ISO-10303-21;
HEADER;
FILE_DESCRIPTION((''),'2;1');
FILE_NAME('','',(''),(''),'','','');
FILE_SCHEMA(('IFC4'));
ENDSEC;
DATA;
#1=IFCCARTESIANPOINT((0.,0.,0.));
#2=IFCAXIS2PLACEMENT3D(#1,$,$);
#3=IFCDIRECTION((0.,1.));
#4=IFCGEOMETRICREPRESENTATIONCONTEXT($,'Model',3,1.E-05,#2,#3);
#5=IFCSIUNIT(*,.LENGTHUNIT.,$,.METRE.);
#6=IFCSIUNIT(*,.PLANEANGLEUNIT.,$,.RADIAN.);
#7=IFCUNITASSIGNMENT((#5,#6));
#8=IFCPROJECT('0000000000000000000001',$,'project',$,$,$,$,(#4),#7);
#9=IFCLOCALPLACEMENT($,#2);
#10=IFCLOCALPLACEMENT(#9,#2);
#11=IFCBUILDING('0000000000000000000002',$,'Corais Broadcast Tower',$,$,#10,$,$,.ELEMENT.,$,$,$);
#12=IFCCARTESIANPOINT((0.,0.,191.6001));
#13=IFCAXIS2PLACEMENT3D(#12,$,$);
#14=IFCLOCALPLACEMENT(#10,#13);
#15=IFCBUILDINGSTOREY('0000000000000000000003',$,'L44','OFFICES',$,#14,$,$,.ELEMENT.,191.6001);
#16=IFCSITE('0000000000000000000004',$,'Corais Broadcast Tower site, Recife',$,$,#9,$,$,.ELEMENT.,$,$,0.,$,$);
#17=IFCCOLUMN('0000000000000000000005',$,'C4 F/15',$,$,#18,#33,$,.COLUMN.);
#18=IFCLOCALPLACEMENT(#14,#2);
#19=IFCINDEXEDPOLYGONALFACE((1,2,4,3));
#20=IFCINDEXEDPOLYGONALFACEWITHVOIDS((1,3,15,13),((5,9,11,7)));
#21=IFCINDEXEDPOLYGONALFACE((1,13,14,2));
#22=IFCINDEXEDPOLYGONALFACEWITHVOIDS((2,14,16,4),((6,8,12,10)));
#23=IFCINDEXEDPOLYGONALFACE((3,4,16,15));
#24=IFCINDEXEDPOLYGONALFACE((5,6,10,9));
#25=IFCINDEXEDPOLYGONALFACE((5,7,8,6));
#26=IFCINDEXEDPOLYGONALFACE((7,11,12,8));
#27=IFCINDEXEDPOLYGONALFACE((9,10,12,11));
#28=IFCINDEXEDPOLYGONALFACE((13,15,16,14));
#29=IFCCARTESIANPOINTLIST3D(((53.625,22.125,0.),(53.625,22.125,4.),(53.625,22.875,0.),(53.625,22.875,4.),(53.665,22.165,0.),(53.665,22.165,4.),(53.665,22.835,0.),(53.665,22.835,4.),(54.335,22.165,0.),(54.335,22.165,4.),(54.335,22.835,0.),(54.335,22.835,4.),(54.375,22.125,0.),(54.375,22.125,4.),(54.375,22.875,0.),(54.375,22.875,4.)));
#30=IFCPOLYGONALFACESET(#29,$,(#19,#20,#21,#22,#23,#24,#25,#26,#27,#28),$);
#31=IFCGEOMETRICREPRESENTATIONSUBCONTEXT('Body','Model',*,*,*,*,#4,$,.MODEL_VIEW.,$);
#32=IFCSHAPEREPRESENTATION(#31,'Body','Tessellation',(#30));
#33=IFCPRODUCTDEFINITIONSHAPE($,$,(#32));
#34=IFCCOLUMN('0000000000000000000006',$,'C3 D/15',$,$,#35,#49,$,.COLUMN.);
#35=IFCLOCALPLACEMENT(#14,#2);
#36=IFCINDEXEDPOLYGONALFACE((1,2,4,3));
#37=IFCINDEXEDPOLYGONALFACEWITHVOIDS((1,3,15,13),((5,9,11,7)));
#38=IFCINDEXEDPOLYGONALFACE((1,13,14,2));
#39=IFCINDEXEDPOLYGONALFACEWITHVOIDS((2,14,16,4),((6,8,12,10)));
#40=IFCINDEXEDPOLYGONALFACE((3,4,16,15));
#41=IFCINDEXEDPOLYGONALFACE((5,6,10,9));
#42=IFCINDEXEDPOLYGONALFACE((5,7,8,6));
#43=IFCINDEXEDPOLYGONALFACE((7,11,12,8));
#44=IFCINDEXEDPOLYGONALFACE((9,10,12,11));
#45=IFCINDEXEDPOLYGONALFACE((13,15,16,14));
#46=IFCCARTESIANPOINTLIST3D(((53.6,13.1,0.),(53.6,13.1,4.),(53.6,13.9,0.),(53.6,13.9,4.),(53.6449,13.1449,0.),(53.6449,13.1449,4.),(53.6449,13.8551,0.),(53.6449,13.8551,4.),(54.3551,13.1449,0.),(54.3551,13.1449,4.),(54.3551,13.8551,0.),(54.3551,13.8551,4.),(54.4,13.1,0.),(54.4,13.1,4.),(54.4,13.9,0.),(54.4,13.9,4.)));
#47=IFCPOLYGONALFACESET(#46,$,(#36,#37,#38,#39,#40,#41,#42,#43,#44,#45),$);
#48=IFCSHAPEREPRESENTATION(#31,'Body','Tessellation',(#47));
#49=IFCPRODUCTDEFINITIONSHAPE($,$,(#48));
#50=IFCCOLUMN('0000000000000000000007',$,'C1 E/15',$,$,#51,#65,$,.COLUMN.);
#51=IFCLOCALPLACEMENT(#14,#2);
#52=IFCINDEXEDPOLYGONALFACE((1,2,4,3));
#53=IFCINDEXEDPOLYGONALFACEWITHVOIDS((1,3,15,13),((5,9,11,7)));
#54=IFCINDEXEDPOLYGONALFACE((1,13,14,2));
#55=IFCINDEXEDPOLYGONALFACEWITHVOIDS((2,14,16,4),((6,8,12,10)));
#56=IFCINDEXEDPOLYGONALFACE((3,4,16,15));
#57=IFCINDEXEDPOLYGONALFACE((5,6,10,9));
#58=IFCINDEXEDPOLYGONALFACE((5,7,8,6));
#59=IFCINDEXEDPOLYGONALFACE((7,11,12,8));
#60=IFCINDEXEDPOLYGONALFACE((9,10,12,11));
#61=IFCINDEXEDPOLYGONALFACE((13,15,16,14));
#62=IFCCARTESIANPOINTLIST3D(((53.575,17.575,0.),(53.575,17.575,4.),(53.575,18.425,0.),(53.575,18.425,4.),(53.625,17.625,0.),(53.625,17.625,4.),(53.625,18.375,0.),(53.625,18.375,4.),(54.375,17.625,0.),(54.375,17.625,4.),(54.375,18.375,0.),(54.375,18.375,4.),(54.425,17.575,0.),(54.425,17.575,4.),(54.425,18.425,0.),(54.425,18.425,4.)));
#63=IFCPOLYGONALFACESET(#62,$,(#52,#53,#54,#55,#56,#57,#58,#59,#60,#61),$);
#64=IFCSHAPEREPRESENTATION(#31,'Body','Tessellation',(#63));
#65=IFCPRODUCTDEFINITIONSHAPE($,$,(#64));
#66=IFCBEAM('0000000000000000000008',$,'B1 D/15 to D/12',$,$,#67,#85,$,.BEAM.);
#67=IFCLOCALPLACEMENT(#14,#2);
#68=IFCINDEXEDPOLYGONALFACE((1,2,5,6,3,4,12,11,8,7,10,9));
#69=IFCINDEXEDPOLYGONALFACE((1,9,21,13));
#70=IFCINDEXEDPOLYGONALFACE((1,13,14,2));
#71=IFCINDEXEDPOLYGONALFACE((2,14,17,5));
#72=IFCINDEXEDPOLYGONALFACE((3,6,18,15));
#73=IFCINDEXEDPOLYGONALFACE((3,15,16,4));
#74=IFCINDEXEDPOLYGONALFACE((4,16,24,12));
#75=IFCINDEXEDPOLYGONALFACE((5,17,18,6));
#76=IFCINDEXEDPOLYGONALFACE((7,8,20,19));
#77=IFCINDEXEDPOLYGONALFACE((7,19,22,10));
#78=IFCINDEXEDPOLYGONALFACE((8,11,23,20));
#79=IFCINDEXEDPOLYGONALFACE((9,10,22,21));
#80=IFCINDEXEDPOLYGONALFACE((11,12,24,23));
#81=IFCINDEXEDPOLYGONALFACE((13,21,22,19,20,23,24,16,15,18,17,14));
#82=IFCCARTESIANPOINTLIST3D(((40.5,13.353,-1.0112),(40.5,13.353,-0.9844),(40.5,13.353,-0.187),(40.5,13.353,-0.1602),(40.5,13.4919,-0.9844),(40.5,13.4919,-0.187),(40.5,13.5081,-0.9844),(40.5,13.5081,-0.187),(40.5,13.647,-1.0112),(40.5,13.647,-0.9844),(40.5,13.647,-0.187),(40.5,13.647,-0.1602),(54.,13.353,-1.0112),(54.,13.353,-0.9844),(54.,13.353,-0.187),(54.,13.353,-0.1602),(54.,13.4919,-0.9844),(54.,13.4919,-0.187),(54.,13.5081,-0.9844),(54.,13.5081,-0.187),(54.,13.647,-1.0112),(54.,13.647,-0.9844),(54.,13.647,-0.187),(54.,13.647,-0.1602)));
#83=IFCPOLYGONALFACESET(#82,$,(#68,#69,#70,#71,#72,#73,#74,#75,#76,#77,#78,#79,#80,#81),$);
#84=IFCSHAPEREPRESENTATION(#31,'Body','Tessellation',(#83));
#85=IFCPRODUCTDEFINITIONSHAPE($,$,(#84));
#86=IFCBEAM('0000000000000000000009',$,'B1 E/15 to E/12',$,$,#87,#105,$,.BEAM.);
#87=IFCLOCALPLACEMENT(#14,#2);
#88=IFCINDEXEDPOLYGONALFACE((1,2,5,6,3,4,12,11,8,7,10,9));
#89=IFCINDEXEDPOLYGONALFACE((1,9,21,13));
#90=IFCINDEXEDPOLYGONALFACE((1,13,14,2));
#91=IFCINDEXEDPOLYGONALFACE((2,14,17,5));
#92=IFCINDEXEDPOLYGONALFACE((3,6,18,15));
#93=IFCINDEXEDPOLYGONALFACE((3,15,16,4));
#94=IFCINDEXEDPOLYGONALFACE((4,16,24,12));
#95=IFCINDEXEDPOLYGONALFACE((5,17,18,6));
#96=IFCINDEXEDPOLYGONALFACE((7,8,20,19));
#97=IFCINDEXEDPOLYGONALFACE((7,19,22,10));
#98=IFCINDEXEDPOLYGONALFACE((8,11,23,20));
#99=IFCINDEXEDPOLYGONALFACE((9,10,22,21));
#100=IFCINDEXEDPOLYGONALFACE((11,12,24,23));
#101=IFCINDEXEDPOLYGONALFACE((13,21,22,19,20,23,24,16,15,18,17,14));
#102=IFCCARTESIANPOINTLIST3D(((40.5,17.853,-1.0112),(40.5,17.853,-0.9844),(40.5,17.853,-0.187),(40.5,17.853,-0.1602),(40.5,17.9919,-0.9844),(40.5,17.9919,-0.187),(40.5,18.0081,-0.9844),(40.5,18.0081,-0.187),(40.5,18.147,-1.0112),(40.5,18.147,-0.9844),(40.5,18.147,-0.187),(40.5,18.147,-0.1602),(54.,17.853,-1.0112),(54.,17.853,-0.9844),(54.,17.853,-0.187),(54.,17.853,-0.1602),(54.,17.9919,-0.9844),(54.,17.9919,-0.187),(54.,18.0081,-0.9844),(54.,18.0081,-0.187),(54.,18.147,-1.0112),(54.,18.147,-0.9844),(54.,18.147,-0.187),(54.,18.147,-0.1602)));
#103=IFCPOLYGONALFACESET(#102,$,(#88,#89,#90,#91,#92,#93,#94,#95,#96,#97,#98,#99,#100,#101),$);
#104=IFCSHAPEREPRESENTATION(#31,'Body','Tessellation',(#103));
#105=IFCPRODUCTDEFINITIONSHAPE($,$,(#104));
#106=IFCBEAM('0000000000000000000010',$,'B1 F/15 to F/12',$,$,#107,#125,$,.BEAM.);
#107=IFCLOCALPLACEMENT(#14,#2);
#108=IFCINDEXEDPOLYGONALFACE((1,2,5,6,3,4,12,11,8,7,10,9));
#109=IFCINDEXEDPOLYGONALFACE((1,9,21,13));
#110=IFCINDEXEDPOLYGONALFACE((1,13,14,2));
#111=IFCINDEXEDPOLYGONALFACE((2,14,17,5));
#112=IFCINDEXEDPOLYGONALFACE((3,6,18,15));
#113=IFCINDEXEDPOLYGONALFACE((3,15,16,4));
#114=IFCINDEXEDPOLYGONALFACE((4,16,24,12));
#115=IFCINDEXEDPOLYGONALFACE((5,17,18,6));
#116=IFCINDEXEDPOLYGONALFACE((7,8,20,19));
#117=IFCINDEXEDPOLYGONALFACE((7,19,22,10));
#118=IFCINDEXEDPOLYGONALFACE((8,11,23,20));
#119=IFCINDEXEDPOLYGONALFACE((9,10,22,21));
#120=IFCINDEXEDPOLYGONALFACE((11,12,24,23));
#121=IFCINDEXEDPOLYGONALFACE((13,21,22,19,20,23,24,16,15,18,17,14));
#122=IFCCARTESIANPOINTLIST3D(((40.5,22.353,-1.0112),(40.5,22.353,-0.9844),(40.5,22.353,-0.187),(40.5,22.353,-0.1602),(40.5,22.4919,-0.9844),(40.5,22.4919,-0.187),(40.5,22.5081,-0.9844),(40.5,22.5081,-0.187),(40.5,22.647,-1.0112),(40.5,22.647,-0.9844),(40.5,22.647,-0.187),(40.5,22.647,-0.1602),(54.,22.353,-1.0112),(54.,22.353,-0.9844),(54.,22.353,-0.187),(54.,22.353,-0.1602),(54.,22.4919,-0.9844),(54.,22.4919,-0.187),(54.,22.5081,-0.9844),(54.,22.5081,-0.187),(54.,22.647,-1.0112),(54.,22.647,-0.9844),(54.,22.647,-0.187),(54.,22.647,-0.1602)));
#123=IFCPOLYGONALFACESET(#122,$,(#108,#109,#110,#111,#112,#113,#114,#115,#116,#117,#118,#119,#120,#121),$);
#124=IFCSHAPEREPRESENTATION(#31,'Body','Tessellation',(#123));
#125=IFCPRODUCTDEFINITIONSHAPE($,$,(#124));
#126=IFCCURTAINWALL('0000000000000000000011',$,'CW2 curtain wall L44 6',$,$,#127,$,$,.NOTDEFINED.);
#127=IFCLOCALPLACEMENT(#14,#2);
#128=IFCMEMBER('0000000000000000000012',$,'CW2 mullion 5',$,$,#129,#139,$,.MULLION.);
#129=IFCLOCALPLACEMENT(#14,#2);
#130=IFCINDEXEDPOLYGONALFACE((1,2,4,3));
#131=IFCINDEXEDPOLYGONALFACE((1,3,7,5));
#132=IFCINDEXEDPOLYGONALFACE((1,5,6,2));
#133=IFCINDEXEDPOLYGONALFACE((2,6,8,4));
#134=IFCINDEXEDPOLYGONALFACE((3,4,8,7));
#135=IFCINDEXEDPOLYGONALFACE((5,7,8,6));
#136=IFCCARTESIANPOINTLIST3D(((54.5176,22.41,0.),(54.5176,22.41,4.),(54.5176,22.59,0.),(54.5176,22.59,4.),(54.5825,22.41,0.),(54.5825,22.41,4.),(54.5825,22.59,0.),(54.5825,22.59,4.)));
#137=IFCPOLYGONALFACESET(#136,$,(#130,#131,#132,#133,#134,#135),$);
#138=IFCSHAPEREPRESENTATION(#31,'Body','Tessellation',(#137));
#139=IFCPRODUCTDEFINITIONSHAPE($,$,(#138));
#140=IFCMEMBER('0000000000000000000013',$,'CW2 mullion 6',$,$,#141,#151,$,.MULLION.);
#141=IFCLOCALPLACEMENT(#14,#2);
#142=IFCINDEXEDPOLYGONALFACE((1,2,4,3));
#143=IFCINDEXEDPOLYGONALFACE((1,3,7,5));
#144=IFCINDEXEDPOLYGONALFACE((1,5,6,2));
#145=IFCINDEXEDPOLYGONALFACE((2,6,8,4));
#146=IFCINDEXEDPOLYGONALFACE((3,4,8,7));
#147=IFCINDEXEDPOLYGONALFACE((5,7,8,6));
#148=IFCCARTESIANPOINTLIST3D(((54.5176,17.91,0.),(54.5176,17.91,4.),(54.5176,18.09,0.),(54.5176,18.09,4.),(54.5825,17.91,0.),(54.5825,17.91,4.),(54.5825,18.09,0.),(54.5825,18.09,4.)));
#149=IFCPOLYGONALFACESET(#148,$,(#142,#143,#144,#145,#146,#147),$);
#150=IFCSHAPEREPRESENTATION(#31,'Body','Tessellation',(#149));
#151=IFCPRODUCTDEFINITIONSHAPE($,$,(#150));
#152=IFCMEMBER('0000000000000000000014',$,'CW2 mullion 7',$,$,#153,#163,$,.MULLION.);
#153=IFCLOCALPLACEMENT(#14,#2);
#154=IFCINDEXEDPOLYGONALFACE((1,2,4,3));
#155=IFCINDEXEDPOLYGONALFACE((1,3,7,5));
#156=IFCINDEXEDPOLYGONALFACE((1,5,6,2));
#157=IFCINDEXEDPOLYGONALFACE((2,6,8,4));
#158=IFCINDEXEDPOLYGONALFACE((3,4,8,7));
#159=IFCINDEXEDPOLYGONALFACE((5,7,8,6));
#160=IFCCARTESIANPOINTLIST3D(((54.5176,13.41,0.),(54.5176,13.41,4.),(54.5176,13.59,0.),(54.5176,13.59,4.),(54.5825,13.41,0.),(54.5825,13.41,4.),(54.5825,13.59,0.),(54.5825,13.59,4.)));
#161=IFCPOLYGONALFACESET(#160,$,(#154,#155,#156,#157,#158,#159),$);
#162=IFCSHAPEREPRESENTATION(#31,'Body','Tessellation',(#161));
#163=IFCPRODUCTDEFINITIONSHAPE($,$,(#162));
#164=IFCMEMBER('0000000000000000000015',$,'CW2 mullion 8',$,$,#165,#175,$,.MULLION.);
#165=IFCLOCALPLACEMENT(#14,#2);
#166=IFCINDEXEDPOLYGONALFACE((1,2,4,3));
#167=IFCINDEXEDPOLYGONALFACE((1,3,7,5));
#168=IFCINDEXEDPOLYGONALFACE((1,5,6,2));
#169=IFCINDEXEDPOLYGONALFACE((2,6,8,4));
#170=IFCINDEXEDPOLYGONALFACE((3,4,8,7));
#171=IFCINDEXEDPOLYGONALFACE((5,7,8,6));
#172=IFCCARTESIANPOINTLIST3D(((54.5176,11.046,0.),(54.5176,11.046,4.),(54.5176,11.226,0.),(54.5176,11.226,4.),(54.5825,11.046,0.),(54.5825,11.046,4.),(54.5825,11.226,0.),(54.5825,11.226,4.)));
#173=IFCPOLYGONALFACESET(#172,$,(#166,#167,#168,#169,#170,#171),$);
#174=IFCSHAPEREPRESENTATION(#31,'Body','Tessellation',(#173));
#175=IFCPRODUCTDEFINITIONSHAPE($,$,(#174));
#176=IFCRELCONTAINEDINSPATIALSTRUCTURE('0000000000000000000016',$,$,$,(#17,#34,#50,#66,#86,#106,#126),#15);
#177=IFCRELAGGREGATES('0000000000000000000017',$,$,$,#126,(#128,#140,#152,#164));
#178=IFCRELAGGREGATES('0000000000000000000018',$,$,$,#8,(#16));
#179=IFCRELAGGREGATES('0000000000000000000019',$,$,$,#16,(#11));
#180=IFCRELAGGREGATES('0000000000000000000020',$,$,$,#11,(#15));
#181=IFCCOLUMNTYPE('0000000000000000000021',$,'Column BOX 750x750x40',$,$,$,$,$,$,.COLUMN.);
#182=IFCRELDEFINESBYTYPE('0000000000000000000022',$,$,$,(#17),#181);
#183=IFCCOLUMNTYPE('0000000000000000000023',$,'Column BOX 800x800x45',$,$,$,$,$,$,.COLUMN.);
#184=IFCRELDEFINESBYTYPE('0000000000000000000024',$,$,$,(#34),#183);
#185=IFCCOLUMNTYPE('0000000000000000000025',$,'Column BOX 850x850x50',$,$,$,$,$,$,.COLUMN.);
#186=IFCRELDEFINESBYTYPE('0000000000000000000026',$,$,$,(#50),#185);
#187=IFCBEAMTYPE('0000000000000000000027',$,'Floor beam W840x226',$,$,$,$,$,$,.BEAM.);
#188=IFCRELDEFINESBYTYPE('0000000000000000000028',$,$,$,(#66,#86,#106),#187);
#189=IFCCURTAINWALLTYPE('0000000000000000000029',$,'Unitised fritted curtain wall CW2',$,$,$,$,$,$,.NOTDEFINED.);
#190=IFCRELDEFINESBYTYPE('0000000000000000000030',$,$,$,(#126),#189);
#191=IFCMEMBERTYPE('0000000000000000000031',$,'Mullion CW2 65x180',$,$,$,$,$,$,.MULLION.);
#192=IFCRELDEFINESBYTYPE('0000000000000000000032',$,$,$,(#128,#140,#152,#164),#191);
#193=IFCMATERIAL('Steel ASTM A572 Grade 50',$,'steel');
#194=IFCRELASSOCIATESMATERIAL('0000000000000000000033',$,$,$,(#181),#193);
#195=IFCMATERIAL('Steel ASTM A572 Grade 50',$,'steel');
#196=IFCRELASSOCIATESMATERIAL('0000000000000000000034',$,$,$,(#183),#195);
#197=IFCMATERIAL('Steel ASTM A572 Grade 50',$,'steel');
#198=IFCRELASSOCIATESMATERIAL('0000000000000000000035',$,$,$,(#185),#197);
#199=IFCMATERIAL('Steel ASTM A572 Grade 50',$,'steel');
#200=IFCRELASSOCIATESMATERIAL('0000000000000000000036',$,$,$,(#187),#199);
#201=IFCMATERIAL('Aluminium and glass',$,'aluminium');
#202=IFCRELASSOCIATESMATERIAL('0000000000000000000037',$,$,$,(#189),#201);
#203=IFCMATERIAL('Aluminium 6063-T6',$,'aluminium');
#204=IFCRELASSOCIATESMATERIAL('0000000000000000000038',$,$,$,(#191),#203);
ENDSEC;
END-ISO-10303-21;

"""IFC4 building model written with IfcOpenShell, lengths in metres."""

from ifc_helpers import new_model, si_unit, direction, frame, origin, origin_2d, place, context, subcontext, project, spatial, rectangle, hollow_rectangle, i_section, extrude, material, material_profile, profile_set, type_object, element, aggregate, save


model = new_model("IFC4")

# Units and contexts
model_context = context("Model", 3, precision=1e-05, world=origin(), true_north=direction((0.0, 1.0)))
body_context = subcontext(model_context, "Body", "Model", "MODEL_VIEW")
ifc_project = project(units=[si_unit("LENGTHUNIT", "METRE"), si_unit("PLANEANGLEUNIT", "RADIAN")], contexts=[model_context])

# Site, building, storey
site_placement = place(None, origin())
site = spatial("IfcSite", under=ifc_project, at=site_placement, Name="Corais Broadcast Tower site, Recife", CompositionType="ELEMENT", RefElevation=0.0)
building_placement = place(site_placement, origin())
building = spatial("IfcBuilding", under=site, at=building_placement, Name="Corais Broadcast Tower", CompositionType="ELEMENT")
storey_placement = place(building_placement, frame((0.0, 0.0, 191.6001)))
storey = spatial("IfcBuildingStorey", under=building, at=storey_placement, Name="L44", Description="OFFICES", CompositionType="ELEMENT", Elevation=191.6001)

# Columns
ifc_material_1 = material(Name="Steel ASTM A572 Grade 50", Category="steel")
ifc_material_profile_1 = material_profile(ifc_material_1, hollow_rectangle(XDim=0.75, YDim=0.75, WallThickness=0.04, at=origin_2d()), Name="BOX 750x750x40")
ifc_profile_set_1 = profile_set([ifc_material_profile_1], Name="Steel ASTM A572 Grade 50")
column_type_1 = type_object("IfcColumnType", Name="Column BOX 750x750x40", PredefinedType="COLUMN", material=ifc_profile_set_1)
column_1_placement = place(storey_placement, frame((54.0, 22.5, 0.0), z_axis=(0.0, 0.0, 1.0), x_axis=(1.0, 0.0, 0.0)))
element("IfcColumn", 1, at=column_1_placement, inside=storey, type_object=column_type_1, Name="C4 F/15", PredefinedType="COLUMN", context=body_context, shape_type="SweptSolid", body=[
    extrude(hollow_rectangle(XDim=0.75, YDim=0.75, WallThickness=0.04, at=origin_2d()), origin(), (0.0, 0.0, 1.0), 4.0),
])
ifc_material_2 = material(Name="Steel ASTM A572 Grade 50", Category="steel")
ifc_material_profile_2 = material_profile(ifc_material_2, hollow_rectangle(XDim=0.8, YDim=0.8, WallThickness=0.0449, at=origin_2d()), Name="BOX 800x800x45")
ifc_profile_set_2 = profile_set([ifc_material_profile_2], Name="Steel ASTM A572 Grade 50")
column_type_2 = type_object("IfcColumnType", Name="Column BOX 800x800x45", PredefinedType="COLUMN", material=ifc_profile_set_2)
column_2_placement = place(storey_placement, frame((54.0, 13.5, 0.0), z_axis=(0.0, 0.0, 1.0), x_axis=(1.0, 0.0, 0.0)))
element("IfcColumn", 2, at=column_2_placement, inside=storey, type_object=column_type_2, Name="C3 D/15", PredefinedType="COLUMN", context=body_context, shape_type="SweptSolid", body=[
    extrude(hollow_rectangle(XDim=0.8, YDim=0.8, WallThickness=0.0449, at=origin_2d()), origin(), (0.0, 0.0, 1.0), 4.0),
])
ifc_material_3 = material(Name="Steel ASTM A572 Grade 50", Category="steel")
ifc_material_profile_3 = material_profile(ifc_material_3, hollow_rectangle(XDim=0.8501, YDim=0.8501, WallThickness=0.05, at=origin_2d()), Name="BOX 850x850x50")
ifc_profile_set_3 = profile_set([ifc_material_profile_3], Name="Steel ASTM A572 Grade 50")
column_type_3 = type_object("IfcColumnType", Name="Column BOX 850x850x50", PredefinedType="COLUMN", material=ifc_profile_set_3)
column_3_placement = place(storey_placement, frame((54.0, 18.0, 0.0), z_axis=(0.0, 0.0, 1.0), x_axis=(1.0, 0.0, 0.0)))
element("IfcColumn", 3, at=column_3_placement, inside=storey, type_object=column_type_3, Name="C1 E/15", PredefinedType="COLUMN", context=body_context, shape_type="SweptSolid", body=[
    extrude(hollow_rectangle(XDim=0.8501, YDim=0.8501, WallThickness=0.05, at=origin_2d()), origin(), (0.0, 0.0, 1.0), 4.0),
])

# Beams
ifc_material_4 = material(Name="Steel ASTM A572 Grade 50", Category="steel")
ifc_material_profile_4 = material_profile(ifc_material_4, i_section(OverallWidth=0.2939, OverallDepth=0.8511, WebThickness=0.0161, FlangeThickness=0.0269, at=origin_2d()), Name="W840x226")
ifc_profile_set_4 = profile_set([ifc_material_profile_4], Name="Steel ASTM A572 Grade 50")
beam_type_1 = type_object("IfcBeamType", Name="Floor beam W840x226", PredefinedType="BEAM", material=ifc_profile_set_4)
for number, where, z_axis, x_axis, name in (
    (4, (54.0, 13.5, -0.5857), (-1.0, 0.0, 0.0), (0.0, -1.0, 0.0), "B1 D/15 to D/12"),
    (5, (54.0, 18.0, -0.5857), (-1.0, 0.0, 0.0), (0.0, -1.0, 0.0), "B1 E/15 to E/12"),
    (6, (54.0, 22.5, -0.5857), (-1.0, 0.0, 0.0), (0.0, -1.0, 0.0), "B1 F/15 to F/12"),
):
    element("IfcBeam", number, at=place(storey_placement, frame(where, z_axis=z_axis, x_axis=x_axis)), inside=storey, type_object=beam_type_1, Name=name, PredefinedType="BEAM", context=body_context, shape_type="SweptSolid", body=[
        extrude(i_section(OverallWidth=0.2939, OverallDepth=0.8511, WebThickness=0.0161, FlangeThickness=0.0269, at=origin_2d()), origin(), (0.0, 0.0, 1.0), 13.5),
    ])

# Curtain wall, members
ifc_material_5 = material(Name="Aluminium and glass", Category="aluminium")
curtain_wall_type = type_object("IfcCurtainWallType", Name="Unitised fritted curtain wall CW2", PredefinedType="NOTDEFINED", material=ifc_material_5)
curtain_wall_placement = place(storey_placement, origin())
curtain_wall = element("IfcCurtainWall", 7, at=curtain_wall_placement, inside=storey, type_object=curtain_wall_type, Name="CW2 curtain wall L44 6", PredefinedType="NOTDEFINED")
ifc_material_6 = material(Name="Aluminium 6063-T6", Category="aluminium")
ifc_material_profile_5 = material_profile(ifc_material_6, rectangle(XDim=0.0649, YDim=0.1799, at=origin_2d()), Name="Mullion CW2 65x180")
ifc_profile_set_5 = profile_set([ifc_material_profile_5], Name="Aluminium 6063-T6")
member_type_1 = type_object("IfcMemberType", Name="Mullion CW2 65x180", PredefinedType="MULLION", material=ifc_profile_set_5)
member_1_placement = place(storey_placement, frame((54.55, 22.5, 0.0), z_axis=(0.0, 0.0, 1.0), x_axis=(1.0, 0.0, 0.0)))
member_1 = element("IfcMember", 8, at=member_1_placement, type_object=member_type_1, Name="CW2 mullion 5", PredefinedType="MULLION", context=body_context, shape_type="SweptSolid", body=[
    extrude(rectangle(XDim=0.0649, YDim=0.1799, at=origin_2d()), origin(), (0.0, 0.0, 1.0), 4.0),
])
member_2_placement = place(storey_placement, frame((54.55, 18.0, 0.0), z_axis=(0.0, 0.0, 1.0), x_axis=(1.0, 0.0, 0.0)))
member_2 = element("IfcMember", 9, at=member_2_placement, type_object=member_type_1, Name="CW2 mullion 6", PredefinedType="MULLION", context=body_context, shape_type="SweptSolid", body=[
    extrude(rectangle(XDim=0.0649, YDim=0.1799, at=origin_2d()), origin(), (0.0, 0.0, 1.0), 4.0),
])
member_3_placement = place(storey_placement, frame((54.55, 13.5, 0.0), z_axis=(0.0, 0.0, 1.0), x_axis=(1.0, 0.0, 0.0)))
member_3 = element("IfcMember", 10, at=member_3_placement, type_object=member_type_1, Name="CW2 mullion 7", PredefinedType="MULLION", context=body_context, shape_type="SweptSolid", body=[
    extrude(rectangle(XDim=0.0649, YDim=0.1799, at=origin_2d()), origin(), (0.0, 0.0, 1.0), 4.0),
])
member_4_placement = place(storey_placement, frame((54.55, 11.136, 0.0), z_axis=(0.0, 0.0, 1.0), x_axis=(1.0, 0.0, 0.0)))
member_4 = element("IfcMember", 11, at=member_4_placement, type_object=member_type_1, Name="CW2 mullion 8", PredefinedType="MULLION", context=body_context, shape_type="SweptSolid", body=[
    extrude(rectangle(XDim=0.0649, YDim=0.1799, at=origin_2d()), origin(), (0.0, 0.0, 1.0), 4.0),
])

aggregate(curtain_wall, [member_1, member_2, member_3, member_4])

save(model, "model.ifc")
